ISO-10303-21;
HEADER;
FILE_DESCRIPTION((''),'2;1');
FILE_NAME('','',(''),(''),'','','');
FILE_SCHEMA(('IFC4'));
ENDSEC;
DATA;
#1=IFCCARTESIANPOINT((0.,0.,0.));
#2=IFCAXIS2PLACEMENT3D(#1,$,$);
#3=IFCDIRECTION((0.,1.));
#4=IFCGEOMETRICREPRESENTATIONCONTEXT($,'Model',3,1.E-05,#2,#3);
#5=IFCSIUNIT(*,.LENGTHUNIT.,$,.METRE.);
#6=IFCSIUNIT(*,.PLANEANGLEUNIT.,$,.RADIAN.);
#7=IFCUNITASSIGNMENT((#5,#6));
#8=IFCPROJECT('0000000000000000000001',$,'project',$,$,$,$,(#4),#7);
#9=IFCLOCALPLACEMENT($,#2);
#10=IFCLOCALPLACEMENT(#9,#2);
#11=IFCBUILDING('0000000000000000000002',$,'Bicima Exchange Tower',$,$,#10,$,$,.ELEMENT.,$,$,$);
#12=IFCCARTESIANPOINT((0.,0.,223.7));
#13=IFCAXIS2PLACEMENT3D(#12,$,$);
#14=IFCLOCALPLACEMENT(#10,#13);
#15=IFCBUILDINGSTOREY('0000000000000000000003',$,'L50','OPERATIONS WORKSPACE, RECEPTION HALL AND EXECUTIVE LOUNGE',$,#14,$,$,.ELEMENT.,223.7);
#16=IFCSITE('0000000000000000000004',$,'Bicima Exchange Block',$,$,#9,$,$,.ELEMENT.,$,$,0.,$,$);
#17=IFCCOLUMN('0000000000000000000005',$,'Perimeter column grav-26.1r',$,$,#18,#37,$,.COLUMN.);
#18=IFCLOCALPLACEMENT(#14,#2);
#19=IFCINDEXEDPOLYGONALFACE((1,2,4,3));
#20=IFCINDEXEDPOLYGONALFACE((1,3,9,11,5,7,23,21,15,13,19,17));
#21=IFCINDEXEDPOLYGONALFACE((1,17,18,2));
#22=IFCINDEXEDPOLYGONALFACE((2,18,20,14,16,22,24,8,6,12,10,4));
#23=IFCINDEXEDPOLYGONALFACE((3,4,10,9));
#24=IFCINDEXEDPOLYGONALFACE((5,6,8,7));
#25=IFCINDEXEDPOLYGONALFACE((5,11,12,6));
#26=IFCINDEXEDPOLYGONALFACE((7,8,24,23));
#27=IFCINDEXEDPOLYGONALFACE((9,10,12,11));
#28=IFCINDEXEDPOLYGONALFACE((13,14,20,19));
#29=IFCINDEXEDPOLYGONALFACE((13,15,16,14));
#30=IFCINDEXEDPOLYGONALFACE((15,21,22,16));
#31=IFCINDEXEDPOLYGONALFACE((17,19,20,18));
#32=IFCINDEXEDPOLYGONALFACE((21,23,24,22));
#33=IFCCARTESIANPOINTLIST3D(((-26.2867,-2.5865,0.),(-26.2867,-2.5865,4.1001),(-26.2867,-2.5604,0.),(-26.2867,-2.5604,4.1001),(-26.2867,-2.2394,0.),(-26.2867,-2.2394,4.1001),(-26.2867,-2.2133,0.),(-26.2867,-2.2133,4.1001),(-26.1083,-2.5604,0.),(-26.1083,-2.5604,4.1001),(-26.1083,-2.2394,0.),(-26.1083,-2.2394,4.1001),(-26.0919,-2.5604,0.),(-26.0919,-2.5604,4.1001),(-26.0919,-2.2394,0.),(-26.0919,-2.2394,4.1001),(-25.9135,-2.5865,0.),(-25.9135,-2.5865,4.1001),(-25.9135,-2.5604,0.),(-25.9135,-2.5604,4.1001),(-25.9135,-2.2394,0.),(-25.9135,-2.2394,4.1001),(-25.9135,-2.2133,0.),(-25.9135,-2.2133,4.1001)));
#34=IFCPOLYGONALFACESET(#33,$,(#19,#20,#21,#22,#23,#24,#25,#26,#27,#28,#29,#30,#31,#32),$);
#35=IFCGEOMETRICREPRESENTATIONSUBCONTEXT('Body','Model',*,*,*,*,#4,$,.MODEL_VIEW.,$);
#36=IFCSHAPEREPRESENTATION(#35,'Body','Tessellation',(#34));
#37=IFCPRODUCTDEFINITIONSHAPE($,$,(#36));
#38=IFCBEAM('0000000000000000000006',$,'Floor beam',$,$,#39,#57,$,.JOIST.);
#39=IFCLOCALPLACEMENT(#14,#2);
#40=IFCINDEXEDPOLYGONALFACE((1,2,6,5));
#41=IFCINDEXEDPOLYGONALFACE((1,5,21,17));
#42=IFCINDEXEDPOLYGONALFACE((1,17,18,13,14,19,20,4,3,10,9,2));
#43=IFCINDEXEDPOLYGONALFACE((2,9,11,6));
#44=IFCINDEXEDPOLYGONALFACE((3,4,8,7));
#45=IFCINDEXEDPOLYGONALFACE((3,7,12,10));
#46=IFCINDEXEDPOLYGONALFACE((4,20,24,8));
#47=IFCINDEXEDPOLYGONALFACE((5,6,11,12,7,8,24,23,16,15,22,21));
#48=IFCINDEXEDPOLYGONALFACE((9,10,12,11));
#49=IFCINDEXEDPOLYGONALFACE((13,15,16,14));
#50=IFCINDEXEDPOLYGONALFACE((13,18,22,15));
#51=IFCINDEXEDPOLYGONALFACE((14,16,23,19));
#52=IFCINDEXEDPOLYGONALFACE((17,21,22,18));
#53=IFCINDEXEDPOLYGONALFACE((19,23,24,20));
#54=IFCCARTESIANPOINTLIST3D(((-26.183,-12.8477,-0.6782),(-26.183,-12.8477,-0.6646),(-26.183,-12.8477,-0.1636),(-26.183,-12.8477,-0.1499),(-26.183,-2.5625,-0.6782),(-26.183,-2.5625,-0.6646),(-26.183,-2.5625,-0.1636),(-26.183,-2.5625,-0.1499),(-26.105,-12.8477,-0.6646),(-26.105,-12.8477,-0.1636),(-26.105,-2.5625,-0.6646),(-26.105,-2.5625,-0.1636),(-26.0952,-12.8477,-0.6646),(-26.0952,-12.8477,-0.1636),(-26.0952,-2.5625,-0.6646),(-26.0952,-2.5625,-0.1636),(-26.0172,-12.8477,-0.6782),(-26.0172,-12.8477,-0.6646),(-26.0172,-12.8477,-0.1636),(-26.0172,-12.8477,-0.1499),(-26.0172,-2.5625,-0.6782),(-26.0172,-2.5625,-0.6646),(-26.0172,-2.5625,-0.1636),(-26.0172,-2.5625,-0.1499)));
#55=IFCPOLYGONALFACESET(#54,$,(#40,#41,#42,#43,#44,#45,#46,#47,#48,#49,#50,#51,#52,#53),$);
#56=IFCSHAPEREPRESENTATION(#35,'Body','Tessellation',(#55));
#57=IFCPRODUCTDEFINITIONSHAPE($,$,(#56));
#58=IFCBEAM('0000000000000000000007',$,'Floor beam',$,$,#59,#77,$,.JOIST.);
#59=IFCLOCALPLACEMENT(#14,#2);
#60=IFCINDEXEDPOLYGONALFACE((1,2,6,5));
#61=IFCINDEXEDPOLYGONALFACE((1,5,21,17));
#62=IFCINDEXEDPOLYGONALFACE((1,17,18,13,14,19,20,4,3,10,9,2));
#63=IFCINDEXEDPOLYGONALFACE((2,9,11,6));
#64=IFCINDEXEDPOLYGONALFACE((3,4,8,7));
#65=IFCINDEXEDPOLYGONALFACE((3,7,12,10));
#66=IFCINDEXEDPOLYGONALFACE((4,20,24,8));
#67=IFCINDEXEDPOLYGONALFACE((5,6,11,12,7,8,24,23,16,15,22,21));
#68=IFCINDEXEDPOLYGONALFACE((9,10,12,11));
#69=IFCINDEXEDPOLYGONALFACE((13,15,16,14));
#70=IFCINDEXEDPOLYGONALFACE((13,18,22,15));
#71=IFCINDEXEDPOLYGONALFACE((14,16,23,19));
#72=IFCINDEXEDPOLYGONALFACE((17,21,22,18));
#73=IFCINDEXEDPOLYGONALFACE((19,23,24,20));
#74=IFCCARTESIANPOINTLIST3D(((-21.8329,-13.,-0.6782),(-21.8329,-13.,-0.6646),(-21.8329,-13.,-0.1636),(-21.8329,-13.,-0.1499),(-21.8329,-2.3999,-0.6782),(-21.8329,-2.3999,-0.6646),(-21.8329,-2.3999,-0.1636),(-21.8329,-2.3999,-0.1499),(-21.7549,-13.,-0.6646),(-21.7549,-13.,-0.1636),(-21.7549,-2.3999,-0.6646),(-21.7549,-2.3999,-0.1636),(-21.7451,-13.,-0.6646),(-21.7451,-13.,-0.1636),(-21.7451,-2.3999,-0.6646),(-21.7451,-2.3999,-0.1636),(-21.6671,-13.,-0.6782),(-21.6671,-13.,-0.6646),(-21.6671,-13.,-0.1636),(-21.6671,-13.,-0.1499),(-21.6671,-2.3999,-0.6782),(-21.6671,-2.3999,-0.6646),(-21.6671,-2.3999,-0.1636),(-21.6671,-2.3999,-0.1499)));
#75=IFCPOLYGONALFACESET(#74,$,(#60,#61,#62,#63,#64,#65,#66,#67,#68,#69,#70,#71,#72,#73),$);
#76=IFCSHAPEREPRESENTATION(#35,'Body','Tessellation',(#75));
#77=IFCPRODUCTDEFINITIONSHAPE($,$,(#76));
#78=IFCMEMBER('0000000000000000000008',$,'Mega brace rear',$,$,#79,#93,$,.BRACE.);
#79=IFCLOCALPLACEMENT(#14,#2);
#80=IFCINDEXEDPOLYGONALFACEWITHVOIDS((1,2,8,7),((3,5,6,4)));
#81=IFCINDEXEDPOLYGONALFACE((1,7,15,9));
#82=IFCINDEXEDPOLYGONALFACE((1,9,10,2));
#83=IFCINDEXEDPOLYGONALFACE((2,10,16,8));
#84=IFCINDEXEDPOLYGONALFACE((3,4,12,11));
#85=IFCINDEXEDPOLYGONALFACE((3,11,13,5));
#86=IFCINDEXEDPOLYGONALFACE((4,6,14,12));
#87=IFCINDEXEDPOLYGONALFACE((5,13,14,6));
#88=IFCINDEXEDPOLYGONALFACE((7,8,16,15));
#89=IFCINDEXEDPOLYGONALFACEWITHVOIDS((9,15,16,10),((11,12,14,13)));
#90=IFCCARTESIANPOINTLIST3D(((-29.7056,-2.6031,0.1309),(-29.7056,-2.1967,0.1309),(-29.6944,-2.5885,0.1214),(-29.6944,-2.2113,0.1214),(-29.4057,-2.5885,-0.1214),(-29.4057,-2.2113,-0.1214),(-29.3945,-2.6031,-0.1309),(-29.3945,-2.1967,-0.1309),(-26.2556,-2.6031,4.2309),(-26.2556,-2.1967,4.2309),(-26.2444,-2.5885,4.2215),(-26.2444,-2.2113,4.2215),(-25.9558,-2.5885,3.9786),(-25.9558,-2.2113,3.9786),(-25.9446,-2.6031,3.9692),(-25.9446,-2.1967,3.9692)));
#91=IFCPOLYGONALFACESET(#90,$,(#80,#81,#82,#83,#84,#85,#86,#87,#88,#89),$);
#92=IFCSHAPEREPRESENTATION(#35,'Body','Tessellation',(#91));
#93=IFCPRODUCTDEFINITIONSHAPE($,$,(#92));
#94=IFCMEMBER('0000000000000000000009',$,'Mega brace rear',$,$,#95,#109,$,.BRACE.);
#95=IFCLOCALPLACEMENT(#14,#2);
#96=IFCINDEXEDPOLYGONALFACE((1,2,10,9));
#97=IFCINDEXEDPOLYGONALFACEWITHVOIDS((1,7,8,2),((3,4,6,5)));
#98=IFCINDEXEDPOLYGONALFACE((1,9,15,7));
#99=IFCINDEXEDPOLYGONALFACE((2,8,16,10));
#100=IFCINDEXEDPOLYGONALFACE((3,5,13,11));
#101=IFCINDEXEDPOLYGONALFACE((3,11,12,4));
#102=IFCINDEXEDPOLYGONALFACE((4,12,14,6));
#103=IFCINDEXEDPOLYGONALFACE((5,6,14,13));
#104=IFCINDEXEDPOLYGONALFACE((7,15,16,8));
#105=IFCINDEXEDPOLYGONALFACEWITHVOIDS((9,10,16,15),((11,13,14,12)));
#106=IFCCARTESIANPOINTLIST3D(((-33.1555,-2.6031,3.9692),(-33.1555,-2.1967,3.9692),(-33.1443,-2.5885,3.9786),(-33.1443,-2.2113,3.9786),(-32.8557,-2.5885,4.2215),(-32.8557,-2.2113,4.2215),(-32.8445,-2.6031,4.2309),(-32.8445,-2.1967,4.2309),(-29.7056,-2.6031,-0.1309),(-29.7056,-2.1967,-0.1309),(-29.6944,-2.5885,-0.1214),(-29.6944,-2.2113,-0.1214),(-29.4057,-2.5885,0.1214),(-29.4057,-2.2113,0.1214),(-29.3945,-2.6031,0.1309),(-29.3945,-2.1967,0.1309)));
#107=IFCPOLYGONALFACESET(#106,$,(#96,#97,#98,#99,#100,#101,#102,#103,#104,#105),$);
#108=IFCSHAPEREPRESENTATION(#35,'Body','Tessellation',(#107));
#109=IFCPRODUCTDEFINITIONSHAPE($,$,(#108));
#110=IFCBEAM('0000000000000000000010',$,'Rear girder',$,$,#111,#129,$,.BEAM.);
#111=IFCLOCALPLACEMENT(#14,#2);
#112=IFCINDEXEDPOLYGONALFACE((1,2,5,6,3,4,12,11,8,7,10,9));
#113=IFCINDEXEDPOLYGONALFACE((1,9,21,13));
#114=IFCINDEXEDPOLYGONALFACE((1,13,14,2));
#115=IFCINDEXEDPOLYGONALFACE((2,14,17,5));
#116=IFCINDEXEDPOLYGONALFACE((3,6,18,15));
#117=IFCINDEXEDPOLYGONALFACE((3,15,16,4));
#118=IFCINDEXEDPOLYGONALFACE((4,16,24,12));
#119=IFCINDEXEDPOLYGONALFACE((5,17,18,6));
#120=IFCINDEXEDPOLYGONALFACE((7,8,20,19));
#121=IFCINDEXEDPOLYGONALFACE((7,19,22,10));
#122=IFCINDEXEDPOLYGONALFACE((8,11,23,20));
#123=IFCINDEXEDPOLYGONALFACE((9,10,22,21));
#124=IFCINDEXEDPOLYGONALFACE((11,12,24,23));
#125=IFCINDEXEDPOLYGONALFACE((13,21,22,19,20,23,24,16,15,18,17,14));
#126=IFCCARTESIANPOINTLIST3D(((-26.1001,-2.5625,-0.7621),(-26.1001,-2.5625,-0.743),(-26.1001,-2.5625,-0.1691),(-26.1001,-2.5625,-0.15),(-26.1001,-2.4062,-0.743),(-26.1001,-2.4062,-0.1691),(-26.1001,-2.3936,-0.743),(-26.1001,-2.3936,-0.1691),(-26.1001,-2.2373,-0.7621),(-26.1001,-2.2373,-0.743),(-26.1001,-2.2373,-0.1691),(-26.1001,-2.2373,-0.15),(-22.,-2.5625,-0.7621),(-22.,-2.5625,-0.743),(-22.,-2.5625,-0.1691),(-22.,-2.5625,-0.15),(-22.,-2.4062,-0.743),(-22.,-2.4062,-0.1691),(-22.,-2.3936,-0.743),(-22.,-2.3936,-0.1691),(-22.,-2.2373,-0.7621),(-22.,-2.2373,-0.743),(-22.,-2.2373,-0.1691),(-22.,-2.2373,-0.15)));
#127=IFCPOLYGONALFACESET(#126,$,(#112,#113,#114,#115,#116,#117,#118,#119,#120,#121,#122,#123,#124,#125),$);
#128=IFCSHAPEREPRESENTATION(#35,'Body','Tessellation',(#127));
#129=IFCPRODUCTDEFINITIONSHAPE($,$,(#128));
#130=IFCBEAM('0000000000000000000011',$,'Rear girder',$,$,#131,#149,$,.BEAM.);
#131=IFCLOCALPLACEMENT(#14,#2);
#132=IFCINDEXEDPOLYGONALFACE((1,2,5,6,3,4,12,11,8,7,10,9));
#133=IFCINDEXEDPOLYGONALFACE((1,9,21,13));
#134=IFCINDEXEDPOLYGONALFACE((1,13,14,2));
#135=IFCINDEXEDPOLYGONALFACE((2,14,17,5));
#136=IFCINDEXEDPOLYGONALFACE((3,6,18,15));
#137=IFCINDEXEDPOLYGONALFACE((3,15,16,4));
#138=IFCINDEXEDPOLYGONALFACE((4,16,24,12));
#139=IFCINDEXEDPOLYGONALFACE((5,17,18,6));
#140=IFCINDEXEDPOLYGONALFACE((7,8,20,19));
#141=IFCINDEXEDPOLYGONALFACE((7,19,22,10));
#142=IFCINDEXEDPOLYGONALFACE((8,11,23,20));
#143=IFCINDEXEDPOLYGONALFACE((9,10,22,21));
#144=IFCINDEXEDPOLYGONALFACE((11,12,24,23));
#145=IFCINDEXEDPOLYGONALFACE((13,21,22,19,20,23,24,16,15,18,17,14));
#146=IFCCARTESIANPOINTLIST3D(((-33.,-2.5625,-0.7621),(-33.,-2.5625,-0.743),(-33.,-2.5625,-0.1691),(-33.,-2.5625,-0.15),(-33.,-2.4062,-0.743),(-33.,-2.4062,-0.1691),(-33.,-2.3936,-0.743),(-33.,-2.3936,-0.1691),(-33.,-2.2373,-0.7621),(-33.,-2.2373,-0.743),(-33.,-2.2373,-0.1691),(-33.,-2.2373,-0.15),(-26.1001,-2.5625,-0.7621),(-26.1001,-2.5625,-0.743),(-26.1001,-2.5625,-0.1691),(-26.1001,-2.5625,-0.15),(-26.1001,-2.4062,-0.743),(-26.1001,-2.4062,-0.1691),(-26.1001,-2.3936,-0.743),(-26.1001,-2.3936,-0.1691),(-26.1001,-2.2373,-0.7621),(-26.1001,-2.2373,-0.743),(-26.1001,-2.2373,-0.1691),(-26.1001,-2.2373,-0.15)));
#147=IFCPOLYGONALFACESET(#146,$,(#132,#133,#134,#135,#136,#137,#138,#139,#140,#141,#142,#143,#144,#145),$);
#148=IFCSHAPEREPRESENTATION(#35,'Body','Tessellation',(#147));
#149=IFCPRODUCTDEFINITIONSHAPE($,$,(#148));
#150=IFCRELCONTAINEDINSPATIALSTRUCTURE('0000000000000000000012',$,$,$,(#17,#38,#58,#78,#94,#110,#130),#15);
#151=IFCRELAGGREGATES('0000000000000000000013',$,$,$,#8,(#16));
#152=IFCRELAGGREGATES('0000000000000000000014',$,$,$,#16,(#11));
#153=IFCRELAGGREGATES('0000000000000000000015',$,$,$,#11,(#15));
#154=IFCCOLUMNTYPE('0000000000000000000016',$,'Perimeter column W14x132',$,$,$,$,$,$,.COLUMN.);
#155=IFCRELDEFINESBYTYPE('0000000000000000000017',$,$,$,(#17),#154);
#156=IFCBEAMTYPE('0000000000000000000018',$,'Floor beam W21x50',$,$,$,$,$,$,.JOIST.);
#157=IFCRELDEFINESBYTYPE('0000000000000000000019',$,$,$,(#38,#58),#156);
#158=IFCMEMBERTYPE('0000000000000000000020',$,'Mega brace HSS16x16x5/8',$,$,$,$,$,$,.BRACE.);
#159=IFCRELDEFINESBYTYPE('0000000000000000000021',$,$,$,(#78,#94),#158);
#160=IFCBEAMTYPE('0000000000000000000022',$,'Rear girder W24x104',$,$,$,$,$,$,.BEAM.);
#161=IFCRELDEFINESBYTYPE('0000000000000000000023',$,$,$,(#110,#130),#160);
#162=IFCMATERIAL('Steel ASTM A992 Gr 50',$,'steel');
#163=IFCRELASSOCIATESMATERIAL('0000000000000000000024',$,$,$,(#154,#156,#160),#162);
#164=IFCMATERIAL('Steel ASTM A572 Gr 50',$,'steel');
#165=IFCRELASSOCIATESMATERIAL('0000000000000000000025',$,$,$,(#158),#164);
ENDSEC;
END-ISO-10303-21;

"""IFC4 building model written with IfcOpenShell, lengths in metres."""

from ifc_helpers import new_model, si_unit, direction, frame, origin, origin_2d, place, context, subcontext, project, spatial, hollow_rectangle, i_section, extrude, material, material_profile, profile_set, type_object, element, save


model = new_model("IFC4")

# Units and contexts
model_context = context("Model", 3, precision=1e-05, world=origin(), true_north=direction((0.0, 1.0)))
body_context = subcontext(model_context, "Body", "Model", "MODEL_VIEW")
ifc_project = project(units=[si_unit("LENGTHUNIT", "METRE"), si_unit("PLANEANGLEUNIT", "RADIAN")], contexts=[model_context])

# Site, building, storey
site_placement = place(None, origin())
site = spatial("IfcSite", under=ifc_project, at=site_placement, Name="Bicima Exchange Block", CompositionType="ELEMENT", RefElevation=0.0)
building_placement = place(site_placement, origin())
building = spatial("IfcBuilding", under=site, at=building_placement, Name="Bicima Exchange Tower", CompositionType="ELEMENT")
storey_placement = place(building_placement, frame((0.0, 0.0, 223.7)))
storey = spatial("IfcBuildingStorey", under=building, at=storey_placement, Name="L50", Description="OPERATIONS WORKSPACE, RECEPTION HALL AND EXECUTIVE LOUNGE", CompositionType="ELEMENT", Elevation=223.7)

# Column
ifc_material_1 = material(Name="Steel ASTM A992 Gr 50", Category="steel")
ifc_material_profile_1 = material_profile(ifc_material_1, i_section(OverallWidth=0.3733, OverallDepth=0.3733, WebThickness=0.0164, FlangeThickness=0.0261, at=origin_2d()))
ifc_profile_set_1 = profile_set([ifc_material_profile_1], Name="Steel ASTM A992 Gr 50")
column_type = type_object("IfcColumnType", Name="Perimeter column W14x132", PredefinedType="COLUMN", material=ifc_profile_set_1)
column_placement = place(storey_placement, frame((-26.1001, -2.3999, 0.0), z_axis=(0.0, 0.0, 1.0), x_axis=(1.0, 0.0, 0.0)))
element("IfcColumn", 1, at=column_placement, inside=storey, type_object=column_type, Name="Perimeter column grav-26.1r", PredefinedType="COLUMN", context=body_context, shape_type="SweptSolid", body=[
    extrude(i_section(OverallWidth=0.3733, OverallDepth=0.3733, WebThickness=0.0164, FlangeThickness=0.0261, at=origin_2d()), origin(), (0.0, 0.0, 1.0), 4.1001),
])

# Beams
ifc_material_profile_2 = material_profile(ifc_material_1, i_section(OverallWidth=0.1658, OverallDepth=0.5283, WebThickness=0.0098, FlangeThickness=0.0137, at=origin_2d()))
ifc_profile_set_2 = profile_set([ifc_material_profile_2], Name="Steel ASTM A992 Gr 50")
beam_type_1 = type_object("IfcBeamType", Name="Floor beam W21x50", PredefinedType="JOIST", material=ifc_profile_set_2)
beam_1_placement = place(storey_placement, frame((-26.1001, -2.5625, -0.4141), z_axis=(0.0, -1.0, 0.0), x_axis=(1.0, 0.0, 0.0)))
element("IfcBeam", 2, at=beam_1_placement, inside=storey, type_object=beam_type_1, Name="Floor beam", PredefinedType="JOIST", context=body_context, shape_type="SweptSolid", body=[
    extrude(i_section(OverallWidth=0.1658, OverallDepth=0.5283, WebThickness=0.0098, FlangeThickness=0.0137, at=origin_2d()), origin(), (0.0, 0.0, 1.0), 10.2852),
])
beam_2_placement = place(storey_placement, frame((-21.75, -2.3999, -0.4141), z_axis=(0.0, -1.0, 0.0), x_axis=(1.0, 0.0, 0.0)))
element("IfcBeam", 3, at=beam_2_placement, inside=storey, type_object=beam_type_1, Name="Floor beam", PredefinedType="JOIST", context=body_context, shape_type="SweptSolid", body=[
    extrude(i_section(OverallWidth=0.1658, OverallDepth=0.5283, WebThickness=0.0098, FlangeThickness=0.0137, at=origin_2d()), origin(), (0.0, 0.0, 1.0), 10.6001),
])

# Members
ifc_material_2 = material(Name="Steel ASTM A572 Gr 50", Category="steel")
ifc_material_profile_3 = material_profile(ifc_material_2, hollow_rectangle(XDim=0.4065, YDim=0.4065, WallThickness=0.0146, at=origin_2d()))
ifc_profile_set_3 = profile_set([ifc_material_profile_3], Name="Steel ASTM A572 Gr 50")
member_type = type_object("IfcMemberType", Name="Mega brace HSS16x16x5/8", PredefinedType="BRACE", material=ifc_profile_set_3)
for number, where, z_axis, x_axis, name in (
    (4, (-29.55, -2.3999, 0.0), (0.643834, 0.0, 0.765165), (0.0, 1.0, 0.0), "Mega brace rear"),
    (5, (-29.55, -2.3999, 0.0), (-0.643834, 0.0, 0.765165), (0.0, -1.0, 0.0), "Mega brace rear"),
):
    element("IfcMember", number, at=place(storey_placement, frame(where, z_axis=z_axis, x_axis=x_axis)), inside=storey, type_object=member_type, Name=name, PredefinedType="BRACE", context=body_context, shape_type="SweptSolid", body=[
        extrude(hollow_rectangle(XDim=0.4065, YDim=0.4065, WallThickness=0.0146, at=origin_2d()), origin(), (0.0, 0.0, 1.0), 5.3584),
    ])

# Beams
ifc_material_profile_4 = material_profile(ifc_material_1, i_section(OverallWidth=0.3252, OverallDepth=0.6121, WebThickness=0.0127, FlangeThickness=0.019, at=origin_2d()))
ifc_profile_set_4 = profile_set([ifc_material_profile_4], Name="Steel ASTM A992 Gr 50")
beam_type_2 = type_object("IfcBeamType", Name="Rear girder W24x104", PredefinedType="BEAM", material=ifc_profile_set_4)
beam_3_placement = place(storey_placement, frame((-22.0, -2.3999, -0.4561), z_axis=(-1.0, 0.0, 0.0), x_axis=(0.0, -1.0, 0.0)))
element("IfcBeam", 6, at=beam_3_placement, inside=storey, type_object=beam_type_2, Name="Rear girder", PredefinedType="BEAM", context=body_context, shape_type="SweptSolid", body=[
    extrude(i_section(OverallWidth=0.3252, OverallDepth=0.6121, WebThickness=0.0127, FlangeThickness=0.019, at=origin_2d()), origin(), (0.0, 0.0, 1.0), 4.1001),
])
beam_4_placement = place(storey_placement, frame((-26.1001, -2.3999, -0.4561), z_axis=(-1.0, 0.0, 0.0), x_axis=(0.0, -1.0, 0.0)))
element("IfcBeam", 7, at=beam_4_placement, inside=storey, type_object=beam_type_2, Name="Rear girder", PredefinedType="BEAM", context=body_context, shape_type="SweptSolid", body=[
    extrude(i_section(OverallWidth=0.3252, OverallDepth=0.6121, WebThickness=0.0127, FlangeThickness=0.019, at=origin_2d()), origin(), (0.0, 0.0, 1.0), 6.8999),
])

save(model, "model.ifc")
